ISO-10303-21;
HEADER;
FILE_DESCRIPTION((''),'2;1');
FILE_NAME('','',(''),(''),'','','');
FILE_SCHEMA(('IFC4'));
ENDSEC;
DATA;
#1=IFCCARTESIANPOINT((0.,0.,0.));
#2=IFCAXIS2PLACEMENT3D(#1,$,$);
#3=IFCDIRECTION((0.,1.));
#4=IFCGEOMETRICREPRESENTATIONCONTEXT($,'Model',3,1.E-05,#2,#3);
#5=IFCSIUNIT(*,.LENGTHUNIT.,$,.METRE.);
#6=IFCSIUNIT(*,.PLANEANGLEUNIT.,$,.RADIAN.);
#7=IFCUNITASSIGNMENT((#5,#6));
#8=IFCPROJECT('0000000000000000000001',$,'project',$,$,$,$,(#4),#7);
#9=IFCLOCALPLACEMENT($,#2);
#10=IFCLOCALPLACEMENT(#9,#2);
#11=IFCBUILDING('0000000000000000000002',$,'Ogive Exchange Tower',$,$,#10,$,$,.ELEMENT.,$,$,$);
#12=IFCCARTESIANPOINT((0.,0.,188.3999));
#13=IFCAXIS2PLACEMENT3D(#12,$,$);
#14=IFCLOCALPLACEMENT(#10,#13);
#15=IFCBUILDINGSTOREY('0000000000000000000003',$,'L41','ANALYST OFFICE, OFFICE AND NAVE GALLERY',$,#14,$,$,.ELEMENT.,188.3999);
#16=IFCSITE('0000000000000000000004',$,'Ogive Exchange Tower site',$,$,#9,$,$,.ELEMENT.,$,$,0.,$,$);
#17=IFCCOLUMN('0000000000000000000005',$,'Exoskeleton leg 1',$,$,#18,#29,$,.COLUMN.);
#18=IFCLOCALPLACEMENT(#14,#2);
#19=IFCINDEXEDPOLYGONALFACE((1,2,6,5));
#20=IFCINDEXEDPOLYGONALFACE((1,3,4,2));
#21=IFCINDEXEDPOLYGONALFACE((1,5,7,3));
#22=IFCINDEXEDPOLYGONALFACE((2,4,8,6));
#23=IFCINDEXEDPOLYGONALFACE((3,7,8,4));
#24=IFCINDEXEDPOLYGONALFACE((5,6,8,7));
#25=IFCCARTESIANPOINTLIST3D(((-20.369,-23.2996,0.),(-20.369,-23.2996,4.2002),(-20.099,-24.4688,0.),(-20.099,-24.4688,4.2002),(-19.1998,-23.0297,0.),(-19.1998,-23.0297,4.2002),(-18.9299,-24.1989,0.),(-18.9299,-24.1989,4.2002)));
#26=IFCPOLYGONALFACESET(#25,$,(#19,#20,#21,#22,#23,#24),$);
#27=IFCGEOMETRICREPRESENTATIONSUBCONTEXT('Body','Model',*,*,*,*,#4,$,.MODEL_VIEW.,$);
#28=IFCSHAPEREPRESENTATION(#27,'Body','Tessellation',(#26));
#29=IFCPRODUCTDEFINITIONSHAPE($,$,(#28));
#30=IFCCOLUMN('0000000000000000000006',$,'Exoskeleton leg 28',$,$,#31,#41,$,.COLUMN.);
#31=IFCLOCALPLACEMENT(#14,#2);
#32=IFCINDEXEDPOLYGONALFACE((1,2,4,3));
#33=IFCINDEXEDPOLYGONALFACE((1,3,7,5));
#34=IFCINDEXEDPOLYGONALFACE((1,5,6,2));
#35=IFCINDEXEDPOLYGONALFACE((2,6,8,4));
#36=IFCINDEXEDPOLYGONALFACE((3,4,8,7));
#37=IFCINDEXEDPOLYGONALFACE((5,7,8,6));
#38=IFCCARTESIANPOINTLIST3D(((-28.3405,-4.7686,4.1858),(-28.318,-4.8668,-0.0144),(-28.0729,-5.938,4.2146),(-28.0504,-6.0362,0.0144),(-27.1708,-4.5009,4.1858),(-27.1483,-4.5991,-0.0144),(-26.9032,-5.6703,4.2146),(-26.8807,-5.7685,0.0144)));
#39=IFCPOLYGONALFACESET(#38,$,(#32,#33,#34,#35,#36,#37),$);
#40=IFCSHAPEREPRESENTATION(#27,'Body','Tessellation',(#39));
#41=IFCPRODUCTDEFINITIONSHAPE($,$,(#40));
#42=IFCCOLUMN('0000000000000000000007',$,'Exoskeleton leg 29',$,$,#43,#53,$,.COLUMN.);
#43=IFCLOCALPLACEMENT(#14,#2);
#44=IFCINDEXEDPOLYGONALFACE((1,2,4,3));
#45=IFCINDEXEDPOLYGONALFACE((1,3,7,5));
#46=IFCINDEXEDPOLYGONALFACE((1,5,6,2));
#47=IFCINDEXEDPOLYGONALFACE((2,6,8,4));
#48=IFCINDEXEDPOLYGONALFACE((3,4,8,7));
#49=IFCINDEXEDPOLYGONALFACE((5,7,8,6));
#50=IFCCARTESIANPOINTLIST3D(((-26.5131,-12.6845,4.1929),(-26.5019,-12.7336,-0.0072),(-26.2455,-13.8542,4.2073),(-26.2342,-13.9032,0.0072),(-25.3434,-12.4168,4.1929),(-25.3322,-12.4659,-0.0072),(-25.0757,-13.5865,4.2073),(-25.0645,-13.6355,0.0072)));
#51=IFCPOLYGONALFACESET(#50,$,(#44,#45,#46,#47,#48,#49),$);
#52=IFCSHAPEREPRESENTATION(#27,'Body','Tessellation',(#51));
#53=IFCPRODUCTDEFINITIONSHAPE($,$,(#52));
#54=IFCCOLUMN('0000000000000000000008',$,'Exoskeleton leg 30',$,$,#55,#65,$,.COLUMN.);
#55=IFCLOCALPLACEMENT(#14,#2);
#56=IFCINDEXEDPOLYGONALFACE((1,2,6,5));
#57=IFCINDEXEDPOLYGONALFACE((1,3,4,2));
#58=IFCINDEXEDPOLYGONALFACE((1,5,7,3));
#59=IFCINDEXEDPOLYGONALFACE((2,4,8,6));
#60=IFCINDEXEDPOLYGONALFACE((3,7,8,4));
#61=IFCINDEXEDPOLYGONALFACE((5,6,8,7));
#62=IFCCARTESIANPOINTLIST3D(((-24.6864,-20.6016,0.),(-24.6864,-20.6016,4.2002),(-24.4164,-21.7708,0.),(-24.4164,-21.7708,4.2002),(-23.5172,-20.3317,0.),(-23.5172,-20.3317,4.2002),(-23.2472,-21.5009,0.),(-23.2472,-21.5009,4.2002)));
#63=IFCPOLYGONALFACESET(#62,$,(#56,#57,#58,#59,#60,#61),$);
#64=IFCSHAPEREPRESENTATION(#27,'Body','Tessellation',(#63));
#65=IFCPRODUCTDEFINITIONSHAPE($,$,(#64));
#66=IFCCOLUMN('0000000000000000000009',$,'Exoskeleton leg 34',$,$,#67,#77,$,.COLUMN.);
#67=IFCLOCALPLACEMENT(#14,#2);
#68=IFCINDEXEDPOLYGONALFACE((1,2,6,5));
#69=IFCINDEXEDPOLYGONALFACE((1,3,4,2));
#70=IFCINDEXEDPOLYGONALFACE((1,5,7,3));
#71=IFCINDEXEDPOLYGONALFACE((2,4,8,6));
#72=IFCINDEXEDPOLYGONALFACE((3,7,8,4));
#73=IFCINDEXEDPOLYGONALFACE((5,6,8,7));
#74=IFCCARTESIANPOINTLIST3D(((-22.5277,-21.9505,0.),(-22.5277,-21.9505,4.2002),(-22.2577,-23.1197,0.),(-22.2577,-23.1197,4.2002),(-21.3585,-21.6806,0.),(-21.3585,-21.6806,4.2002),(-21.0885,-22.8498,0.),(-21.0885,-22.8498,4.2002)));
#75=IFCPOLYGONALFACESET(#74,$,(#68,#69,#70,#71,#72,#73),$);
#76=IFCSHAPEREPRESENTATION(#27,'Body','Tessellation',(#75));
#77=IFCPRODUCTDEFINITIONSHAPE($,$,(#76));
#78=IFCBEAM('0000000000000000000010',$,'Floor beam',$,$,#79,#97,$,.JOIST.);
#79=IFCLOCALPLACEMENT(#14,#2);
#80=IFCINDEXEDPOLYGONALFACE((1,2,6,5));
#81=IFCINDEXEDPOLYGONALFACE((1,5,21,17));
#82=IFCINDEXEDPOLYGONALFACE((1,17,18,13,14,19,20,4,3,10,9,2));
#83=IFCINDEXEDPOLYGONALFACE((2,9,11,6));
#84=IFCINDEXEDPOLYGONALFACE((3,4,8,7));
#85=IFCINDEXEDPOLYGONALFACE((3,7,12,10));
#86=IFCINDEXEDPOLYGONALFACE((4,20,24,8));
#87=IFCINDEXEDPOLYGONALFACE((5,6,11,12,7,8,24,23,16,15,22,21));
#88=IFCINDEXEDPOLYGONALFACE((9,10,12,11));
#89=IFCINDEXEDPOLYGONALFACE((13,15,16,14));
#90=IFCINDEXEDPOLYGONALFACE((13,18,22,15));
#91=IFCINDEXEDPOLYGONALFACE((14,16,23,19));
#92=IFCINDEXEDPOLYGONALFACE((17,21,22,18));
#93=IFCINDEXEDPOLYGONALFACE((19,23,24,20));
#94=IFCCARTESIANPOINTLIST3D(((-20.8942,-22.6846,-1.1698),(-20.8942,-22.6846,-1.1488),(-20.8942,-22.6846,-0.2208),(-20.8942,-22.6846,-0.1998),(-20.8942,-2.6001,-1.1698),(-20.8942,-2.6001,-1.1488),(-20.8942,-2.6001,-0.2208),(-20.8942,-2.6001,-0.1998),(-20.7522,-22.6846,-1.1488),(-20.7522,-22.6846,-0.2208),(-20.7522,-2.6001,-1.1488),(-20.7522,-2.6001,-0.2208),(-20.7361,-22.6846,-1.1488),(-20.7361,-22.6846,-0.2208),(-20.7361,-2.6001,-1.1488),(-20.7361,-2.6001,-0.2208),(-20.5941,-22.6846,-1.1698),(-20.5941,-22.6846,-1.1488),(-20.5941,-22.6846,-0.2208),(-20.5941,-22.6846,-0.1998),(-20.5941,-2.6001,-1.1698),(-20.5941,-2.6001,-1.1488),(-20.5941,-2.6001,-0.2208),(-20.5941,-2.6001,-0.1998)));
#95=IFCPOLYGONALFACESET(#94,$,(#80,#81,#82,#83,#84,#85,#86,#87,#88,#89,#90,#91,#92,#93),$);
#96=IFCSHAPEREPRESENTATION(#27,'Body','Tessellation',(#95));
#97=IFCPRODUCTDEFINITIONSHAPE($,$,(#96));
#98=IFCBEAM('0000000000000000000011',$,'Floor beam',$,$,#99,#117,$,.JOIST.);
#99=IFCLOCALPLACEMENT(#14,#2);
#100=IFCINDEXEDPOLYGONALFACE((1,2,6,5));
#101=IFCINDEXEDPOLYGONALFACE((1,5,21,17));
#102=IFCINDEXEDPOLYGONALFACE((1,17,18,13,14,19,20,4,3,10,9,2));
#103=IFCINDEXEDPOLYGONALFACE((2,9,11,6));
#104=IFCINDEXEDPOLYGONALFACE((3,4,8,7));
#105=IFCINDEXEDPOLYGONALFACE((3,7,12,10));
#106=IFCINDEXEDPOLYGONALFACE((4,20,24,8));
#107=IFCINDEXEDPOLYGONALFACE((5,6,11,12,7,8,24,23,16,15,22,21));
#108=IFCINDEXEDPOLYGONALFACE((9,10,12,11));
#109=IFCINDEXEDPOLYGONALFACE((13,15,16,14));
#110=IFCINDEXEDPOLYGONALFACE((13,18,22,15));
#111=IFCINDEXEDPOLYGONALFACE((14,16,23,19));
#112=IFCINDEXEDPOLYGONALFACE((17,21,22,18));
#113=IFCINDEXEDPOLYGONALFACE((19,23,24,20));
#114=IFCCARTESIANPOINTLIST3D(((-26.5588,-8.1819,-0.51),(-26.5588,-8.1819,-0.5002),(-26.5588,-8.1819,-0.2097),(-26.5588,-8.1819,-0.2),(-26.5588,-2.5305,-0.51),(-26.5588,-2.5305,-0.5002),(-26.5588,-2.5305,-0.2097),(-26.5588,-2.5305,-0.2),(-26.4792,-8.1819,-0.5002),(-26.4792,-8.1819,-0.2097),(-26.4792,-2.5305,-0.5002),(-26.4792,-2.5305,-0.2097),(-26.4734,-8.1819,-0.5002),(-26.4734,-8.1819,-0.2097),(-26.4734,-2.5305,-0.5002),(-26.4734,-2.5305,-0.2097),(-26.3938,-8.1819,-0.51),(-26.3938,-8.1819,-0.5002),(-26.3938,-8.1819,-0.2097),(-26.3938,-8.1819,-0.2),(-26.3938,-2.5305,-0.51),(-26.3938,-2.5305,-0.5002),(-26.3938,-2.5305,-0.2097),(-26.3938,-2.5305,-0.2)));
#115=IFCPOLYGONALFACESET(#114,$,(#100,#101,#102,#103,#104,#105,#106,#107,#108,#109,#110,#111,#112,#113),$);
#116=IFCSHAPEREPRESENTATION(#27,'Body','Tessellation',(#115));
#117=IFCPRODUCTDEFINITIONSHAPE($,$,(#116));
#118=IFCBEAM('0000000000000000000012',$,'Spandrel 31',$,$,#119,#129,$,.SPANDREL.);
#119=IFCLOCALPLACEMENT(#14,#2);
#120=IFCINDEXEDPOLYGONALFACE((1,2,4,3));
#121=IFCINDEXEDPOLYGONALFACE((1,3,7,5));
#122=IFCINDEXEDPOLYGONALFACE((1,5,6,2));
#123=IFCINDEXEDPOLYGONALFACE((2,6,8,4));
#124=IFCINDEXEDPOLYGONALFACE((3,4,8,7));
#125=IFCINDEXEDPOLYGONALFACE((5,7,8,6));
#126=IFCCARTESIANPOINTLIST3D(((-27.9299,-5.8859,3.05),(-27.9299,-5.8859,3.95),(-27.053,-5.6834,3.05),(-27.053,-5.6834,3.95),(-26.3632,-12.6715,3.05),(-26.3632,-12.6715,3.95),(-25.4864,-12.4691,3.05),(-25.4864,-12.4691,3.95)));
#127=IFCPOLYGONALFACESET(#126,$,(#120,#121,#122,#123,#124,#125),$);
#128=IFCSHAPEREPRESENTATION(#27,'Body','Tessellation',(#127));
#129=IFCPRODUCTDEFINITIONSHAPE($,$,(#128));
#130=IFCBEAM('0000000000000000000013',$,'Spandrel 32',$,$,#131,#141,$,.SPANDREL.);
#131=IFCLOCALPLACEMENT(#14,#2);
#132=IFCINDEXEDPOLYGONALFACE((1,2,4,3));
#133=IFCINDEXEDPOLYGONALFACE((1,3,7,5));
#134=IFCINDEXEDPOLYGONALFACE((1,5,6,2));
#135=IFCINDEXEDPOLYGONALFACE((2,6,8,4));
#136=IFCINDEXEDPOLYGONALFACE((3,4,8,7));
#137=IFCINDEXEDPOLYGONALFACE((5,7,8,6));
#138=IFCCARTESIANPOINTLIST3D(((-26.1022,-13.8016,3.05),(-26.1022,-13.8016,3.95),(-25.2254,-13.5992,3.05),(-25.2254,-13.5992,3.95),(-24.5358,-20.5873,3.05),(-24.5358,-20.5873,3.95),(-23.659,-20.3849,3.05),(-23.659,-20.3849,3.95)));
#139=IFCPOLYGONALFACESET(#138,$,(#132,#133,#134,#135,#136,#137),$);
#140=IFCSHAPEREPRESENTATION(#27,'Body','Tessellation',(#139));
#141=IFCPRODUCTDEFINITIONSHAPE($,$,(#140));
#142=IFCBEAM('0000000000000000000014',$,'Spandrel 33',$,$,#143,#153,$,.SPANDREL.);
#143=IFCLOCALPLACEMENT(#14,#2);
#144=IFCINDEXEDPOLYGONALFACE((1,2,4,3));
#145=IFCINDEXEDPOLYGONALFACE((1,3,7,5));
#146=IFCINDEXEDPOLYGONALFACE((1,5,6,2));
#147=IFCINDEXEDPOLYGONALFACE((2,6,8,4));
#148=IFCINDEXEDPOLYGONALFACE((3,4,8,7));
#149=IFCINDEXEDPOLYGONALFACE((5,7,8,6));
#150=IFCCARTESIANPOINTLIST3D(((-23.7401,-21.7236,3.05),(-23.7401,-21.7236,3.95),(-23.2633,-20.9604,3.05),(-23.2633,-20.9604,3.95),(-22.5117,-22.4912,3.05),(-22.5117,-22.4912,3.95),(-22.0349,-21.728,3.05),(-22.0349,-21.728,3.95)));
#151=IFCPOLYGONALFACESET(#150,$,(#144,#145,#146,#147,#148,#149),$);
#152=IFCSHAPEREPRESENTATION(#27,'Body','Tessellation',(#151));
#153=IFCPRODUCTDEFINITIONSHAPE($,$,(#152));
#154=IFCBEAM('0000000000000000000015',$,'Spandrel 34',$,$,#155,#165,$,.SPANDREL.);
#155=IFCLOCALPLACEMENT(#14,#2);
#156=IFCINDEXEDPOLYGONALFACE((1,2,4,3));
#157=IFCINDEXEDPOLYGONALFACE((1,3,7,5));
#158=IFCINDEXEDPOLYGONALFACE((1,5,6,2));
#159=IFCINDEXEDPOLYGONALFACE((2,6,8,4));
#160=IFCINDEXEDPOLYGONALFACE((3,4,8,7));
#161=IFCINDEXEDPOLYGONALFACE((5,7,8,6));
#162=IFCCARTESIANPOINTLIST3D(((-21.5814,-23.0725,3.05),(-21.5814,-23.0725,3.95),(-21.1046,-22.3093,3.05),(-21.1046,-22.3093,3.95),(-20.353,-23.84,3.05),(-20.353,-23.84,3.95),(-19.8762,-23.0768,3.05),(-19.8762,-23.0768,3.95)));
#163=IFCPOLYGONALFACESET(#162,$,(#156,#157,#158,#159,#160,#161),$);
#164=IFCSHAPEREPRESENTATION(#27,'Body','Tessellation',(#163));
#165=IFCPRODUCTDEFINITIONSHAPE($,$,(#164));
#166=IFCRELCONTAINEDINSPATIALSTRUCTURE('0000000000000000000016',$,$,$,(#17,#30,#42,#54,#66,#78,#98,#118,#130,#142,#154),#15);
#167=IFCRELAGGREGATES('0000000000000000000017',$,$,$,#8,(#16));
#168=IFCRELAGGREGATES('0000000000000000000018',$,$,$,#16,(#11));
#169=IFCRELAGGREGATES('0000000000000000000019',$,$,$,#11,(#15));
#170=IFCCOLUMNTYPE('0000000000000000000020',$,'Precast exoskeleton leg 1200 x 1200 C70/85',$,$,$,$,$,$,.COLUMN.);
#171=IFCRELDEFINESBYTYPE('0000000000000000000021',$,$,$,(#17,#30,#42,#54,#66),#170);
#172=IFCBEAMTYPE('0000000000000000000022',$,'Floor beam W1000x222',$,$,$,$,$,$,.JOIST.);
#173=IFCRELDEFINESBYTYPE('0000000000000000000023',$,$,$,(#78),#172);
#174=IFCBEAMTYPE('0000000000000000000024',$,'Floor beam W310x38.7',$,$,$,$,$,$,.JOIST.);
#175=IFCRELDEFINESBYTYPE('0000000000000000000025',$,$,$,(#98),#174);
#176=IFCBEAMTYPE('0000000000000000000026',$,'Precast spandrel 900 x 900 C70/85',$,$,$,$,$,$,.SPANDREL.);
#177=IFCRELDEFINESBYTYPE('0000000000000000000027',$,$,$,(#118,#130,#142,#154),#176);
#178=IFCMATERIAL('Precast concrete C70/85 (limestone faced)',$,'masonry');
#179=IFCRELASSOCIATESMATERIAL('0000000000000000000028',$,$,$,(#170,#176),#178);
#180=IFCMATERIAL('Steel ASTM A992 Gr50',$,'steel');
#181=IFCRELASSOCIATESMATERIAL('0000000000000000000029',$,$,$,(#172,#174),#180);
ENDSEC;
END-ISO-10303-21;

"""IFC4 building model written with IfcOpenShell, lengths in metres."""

from ifc_helpers import new_model, si_unit, direction, frame, origin, origin_2d, place, context, subcontext, project, spatial, rectangle, i_section, extrude, material, material_profile, profile_set, type_object, element, save


model = new_model("IFC4")

# Units and contexts
model_context = context("Model", 3, precision=1e-05, world=origin(), true_north=direction((0.0, 1.0)))
body_context = subcontext(model_context, "Body", "Model", "MODEL_VIEW")
ifc_project = project(units=[si_unit("LENGTHUNIT", "METRE"), si_unit("PLANEANGLEUNIT", "RADIAN")], contexts=[model_context])

# Site, building, storey
site_placement = place(None, origin())
site = spatial("IfcSite", under=ifc_project, at=site_placement, Name="Ogive Exchange Tower site", CompositionType="ELEMENT", RefElevation=0.0)
building_placement = place(site_placement, origin())
building = spatial("IfcBuilding", under=site, at=building_placement, Name="Ogive Exchange Tower", CompositionType="ELEMENT")
storey_placement = place(building_placement, frame((0.0, 0.0, 188.3999)))
storey = spatial("IfcBuildingStorey", under=building, at=storey_placement, Name="L41", Description="ANALYST OFFICE, OFFICE AND NAVE GALLERY", CompositionType="ELEMENT", Elevation=188.3999)

# Columns
ifc_material_1 = material(Name="Precast concrete C70/85 (limestone faced)", Category="masonry")
ifc_material_profile_1 = material_profile(ifc_material_1, rectangle(XDim=1.2, YDim=1.2, at=origin_2d()), Name="1200 x 1200")
ifc_profile_set_1 = profile_set([ifc_material_profile_1], Name="Precast concrete C70/85 (limestone faced)")
column_type = type_object("IfcColumnType", Name="Precast exoskeleton leg 1200 x 1200 C70/85", PredefinedType="COLUMN", material=ifc_profile_set_1)
column_1_placement = place(storey_placement, frame((-19.6494, -23.7493, 0.0), z_axis=(0.0, 0.0, 1.0), x_axis=(0.97437, 0.224951, 0.0)))
element("IfcColumn", 1, at=column_1_placement, inside=storey, type_object=column_type, Name="Exoskeleton leg 1", PredefinedType="COLUMN", context=body_context, shape_type="SweptSolid", body=[
    extrude(rectangle(XDim=1.2, YDim=1.2, at=origin_2d()), origin(), (0.0, 0.0, 1.0), 4.2002),
])
column_2_placement = place(storey_placement, frame((-27.5994, -5.3176, 0.0), z_axis=(-0.005346, 0.02336, 0.999713), x_axis=(-0.974798, -0.223088, 0.0)))
element("IfcColumn", 2, at=column_2_placement, inside=storey, type_object=column_type, Name="Exoskeleton leg 28", PredefinedType="COLUMN", context=body_context, shape_type="SweptSolid", body=[
    extrude(rectangle(XDim=1.2, YDim=1.2, at=origin_2d()), origin(), (0.0, 0.0, 1.0), 4.2014),
])
column_3_placement = place(storey_placement, frame((-25.7832, -13.1846, 0.0), z_axis=(-0.002674, 0.011682, 0.999928), x_axis=(-0.974798, -0.223088, 0.0)))
element("IfcColumn", 3, at=column_3_placement, inside=storey, type_object=column_type, Name="Exoskeleton leg 29", PredefinedType="COLUMN", context=body_context, shape_type="SweptSolid", body=[
    extrude(rectangle(XDim=1.2, YDim=1.2, at=origin_2d()), origin(), (0.0, 0.0, 1.0), 4.2004),
])
for number, where, z_axis, x_axis, name in (
    (4, (-23.9668, -21.0513, 0.0), (0.0, 0.0, 1.0), (0.97437, 0.224951, 0.0), "Exoskeleton leg 30"),
    (5, (-21.8081, -22.4001, 0.0), (0.0, 0.0, 1.0), (0.97437, 0.224951, 0.0), "Exoskeleton leg 34"),
):
    element("IfcColumn", number, at=place(storey_placement, frame(where, z_axis=z_axis, x_axis=x_axis)), inside=storey, type_object=column_type, Name=name, PredefinedType="COLUMN", context=body_context, shape_type="SweptSolid", body=[
        extrude(rectangle(XDim=1.2, YDim=1.2, at=origin_2d()), origin(), (0.0, 0.0, 1.0), 4.2002),
    ])

# Beams
ifc_material_2 = material(Name="Steel ASTM A992 Gr50", Category="steel")
ifc_material_profile_2 = material_profile(ifc_material_2, i_section(OverallWidth=0.3, OverallDepth=0.97, WebThickness=0.0161, FlangeThickness=0.021, at=origin_2d()), Name="W1000x222")
ifc_profile_set_2 = profile_set([ifc_material_profile_2], Name="Steel ASTM A992 Gr50")
beam_type_1 = type_object("IfcBeamType", Name="Floor beam W1000x222", PredefinedType="JOIST", material=ifc_profile_set_2)
beam_1_placement = place(storey_placement, frame((-20.7441, -22.6846, -0.6848), z_axis=(0.0, 1.0, 0.0), x_axis=(-1.0, 0.0, 0.0)))
element("IfcBeam", 6, at=beam_1_placement, inside=storey, type_object=beam_type_1, Name="Floor beam", PredefinedType="JOIST", context=body_context, shape_type="SweptSolid", body=[
    extrude(i_section(OverallWidth=0.3, OverallDepth=0.97, WebThickness=0.0161, FlangeThickness=0.021, at=origin_2d()), origin(), (0.0, 0.0, 1.0), 20.0845),
])
ifc_material_profile_3 = material_profile(ifc_material_2, i_section(OverallWidth=0.165, OverallDepth=0.3101, WebThickness=0.0059, FlangeThickness=0.0098, at=origin_2d()), Name="W310x38.7")
ifc_profile_set_3 = profile_set([ifc_material_profile_3], Name="Steel ASTM A992 Gr50")
beam_type_2 = type_object("IfcBeamType", Name="Floor beam W310x38.7", PredefinedType="JOIST", material=ifc_profile_set_3)
beam_2_placement = place(storey_placement, frame((-26.4763, -8.1819, -0.355), z_axis=(0.0, 1.0, 0.0), x_axis=(-1.0, 0.0, 0.0)))
element("IfcBeam", 7, at=beam_2_placement, inside=storey, type_object=beam_type_2, Name="Floor beam", PredefinedType="JOIST", context=body_context, shape_type="SweptSolid", body=[
    extrude(i_section(OverallWidth=0.165, OverallDepth=0.3101, WebThickness=0.0059, FlangeThickness=0.0098, at=origin_2d()), origin(), (0.0, 0.0, 1.0), 5.6514),
])
ifc_material_profile_4 = material_profile(ifc_material_1, rectangle(XDim=0.8999, YDim=0.8999, at=origin_2d()), Name="900 x 900")
ifc_profile_set_4 = profile_set([ifc_material_profile_4], Name="Precast concrete C70/85 (limestone faced)")
beam_type_3 = type_object("IfcBeamType", Name="Precast spandrel 900 x 900 C70/85", PredefinedType="SPANDREL", material=ifc_profile_set_4)
for number, where, z_axis, x_axis, name in (
    (8, (-27.4915, -5.7847, 3.5), (0.224959, -0.974368, 0.0), (0.974368, 0.224959, 0.0), "Spandrel 31"),
    (9, (-25.6638, -13.7004, 3.5), (0.224926, -0.974376, 0.0), (0.974376, 0.224926, 0.0), "Spandrel 32"),
):
    element("IfcBeam", number, at=place(storey_placement, frame(where, z_axis=z_axis, x_axis=x_axis)), inside=storey, type_object=beam_type_3, Name=name, PredefinedType="SPANDREL", context=body_context, shape_type="SweptSolid", body=[
        extrude(rectangle(XDim=0.8999, YDim=0.8999, at=origin_2d()), origin(), (0.0, 0.0, 1.0), 6.9641),
    ])
for number, where, z_axis, x_axis, name in (
    (10, (-23.5017, -21.342, 3.5), (0.848074, -0.529878, 0.0), (0.529878, 0.848074, 0.0), "Spandrel 33"),
    (11, (-21.343, -22.6909, 3.5), (0.848074, -0.529878, 0.0), (0.529878, 0.848074, 0.0), "Spandrel 34"),
):
    element("IfcBeam", number, at=place(storey_placement, frame(where, z_axis=z_axis, x_axis=x_axis)), inside=storey, type_object=beam_type_3, Name=name, PredefinedType="SPANDREL", context=body_context, shape_type="SweptSolid", body=[
        extrude(rectangle(XDim=0.8999, YDim=0.8999, at=origin_2d()), origin(), (0.0, 0.0, 1.0), 1.4485),
    ])

save(model, "model.ifc")
